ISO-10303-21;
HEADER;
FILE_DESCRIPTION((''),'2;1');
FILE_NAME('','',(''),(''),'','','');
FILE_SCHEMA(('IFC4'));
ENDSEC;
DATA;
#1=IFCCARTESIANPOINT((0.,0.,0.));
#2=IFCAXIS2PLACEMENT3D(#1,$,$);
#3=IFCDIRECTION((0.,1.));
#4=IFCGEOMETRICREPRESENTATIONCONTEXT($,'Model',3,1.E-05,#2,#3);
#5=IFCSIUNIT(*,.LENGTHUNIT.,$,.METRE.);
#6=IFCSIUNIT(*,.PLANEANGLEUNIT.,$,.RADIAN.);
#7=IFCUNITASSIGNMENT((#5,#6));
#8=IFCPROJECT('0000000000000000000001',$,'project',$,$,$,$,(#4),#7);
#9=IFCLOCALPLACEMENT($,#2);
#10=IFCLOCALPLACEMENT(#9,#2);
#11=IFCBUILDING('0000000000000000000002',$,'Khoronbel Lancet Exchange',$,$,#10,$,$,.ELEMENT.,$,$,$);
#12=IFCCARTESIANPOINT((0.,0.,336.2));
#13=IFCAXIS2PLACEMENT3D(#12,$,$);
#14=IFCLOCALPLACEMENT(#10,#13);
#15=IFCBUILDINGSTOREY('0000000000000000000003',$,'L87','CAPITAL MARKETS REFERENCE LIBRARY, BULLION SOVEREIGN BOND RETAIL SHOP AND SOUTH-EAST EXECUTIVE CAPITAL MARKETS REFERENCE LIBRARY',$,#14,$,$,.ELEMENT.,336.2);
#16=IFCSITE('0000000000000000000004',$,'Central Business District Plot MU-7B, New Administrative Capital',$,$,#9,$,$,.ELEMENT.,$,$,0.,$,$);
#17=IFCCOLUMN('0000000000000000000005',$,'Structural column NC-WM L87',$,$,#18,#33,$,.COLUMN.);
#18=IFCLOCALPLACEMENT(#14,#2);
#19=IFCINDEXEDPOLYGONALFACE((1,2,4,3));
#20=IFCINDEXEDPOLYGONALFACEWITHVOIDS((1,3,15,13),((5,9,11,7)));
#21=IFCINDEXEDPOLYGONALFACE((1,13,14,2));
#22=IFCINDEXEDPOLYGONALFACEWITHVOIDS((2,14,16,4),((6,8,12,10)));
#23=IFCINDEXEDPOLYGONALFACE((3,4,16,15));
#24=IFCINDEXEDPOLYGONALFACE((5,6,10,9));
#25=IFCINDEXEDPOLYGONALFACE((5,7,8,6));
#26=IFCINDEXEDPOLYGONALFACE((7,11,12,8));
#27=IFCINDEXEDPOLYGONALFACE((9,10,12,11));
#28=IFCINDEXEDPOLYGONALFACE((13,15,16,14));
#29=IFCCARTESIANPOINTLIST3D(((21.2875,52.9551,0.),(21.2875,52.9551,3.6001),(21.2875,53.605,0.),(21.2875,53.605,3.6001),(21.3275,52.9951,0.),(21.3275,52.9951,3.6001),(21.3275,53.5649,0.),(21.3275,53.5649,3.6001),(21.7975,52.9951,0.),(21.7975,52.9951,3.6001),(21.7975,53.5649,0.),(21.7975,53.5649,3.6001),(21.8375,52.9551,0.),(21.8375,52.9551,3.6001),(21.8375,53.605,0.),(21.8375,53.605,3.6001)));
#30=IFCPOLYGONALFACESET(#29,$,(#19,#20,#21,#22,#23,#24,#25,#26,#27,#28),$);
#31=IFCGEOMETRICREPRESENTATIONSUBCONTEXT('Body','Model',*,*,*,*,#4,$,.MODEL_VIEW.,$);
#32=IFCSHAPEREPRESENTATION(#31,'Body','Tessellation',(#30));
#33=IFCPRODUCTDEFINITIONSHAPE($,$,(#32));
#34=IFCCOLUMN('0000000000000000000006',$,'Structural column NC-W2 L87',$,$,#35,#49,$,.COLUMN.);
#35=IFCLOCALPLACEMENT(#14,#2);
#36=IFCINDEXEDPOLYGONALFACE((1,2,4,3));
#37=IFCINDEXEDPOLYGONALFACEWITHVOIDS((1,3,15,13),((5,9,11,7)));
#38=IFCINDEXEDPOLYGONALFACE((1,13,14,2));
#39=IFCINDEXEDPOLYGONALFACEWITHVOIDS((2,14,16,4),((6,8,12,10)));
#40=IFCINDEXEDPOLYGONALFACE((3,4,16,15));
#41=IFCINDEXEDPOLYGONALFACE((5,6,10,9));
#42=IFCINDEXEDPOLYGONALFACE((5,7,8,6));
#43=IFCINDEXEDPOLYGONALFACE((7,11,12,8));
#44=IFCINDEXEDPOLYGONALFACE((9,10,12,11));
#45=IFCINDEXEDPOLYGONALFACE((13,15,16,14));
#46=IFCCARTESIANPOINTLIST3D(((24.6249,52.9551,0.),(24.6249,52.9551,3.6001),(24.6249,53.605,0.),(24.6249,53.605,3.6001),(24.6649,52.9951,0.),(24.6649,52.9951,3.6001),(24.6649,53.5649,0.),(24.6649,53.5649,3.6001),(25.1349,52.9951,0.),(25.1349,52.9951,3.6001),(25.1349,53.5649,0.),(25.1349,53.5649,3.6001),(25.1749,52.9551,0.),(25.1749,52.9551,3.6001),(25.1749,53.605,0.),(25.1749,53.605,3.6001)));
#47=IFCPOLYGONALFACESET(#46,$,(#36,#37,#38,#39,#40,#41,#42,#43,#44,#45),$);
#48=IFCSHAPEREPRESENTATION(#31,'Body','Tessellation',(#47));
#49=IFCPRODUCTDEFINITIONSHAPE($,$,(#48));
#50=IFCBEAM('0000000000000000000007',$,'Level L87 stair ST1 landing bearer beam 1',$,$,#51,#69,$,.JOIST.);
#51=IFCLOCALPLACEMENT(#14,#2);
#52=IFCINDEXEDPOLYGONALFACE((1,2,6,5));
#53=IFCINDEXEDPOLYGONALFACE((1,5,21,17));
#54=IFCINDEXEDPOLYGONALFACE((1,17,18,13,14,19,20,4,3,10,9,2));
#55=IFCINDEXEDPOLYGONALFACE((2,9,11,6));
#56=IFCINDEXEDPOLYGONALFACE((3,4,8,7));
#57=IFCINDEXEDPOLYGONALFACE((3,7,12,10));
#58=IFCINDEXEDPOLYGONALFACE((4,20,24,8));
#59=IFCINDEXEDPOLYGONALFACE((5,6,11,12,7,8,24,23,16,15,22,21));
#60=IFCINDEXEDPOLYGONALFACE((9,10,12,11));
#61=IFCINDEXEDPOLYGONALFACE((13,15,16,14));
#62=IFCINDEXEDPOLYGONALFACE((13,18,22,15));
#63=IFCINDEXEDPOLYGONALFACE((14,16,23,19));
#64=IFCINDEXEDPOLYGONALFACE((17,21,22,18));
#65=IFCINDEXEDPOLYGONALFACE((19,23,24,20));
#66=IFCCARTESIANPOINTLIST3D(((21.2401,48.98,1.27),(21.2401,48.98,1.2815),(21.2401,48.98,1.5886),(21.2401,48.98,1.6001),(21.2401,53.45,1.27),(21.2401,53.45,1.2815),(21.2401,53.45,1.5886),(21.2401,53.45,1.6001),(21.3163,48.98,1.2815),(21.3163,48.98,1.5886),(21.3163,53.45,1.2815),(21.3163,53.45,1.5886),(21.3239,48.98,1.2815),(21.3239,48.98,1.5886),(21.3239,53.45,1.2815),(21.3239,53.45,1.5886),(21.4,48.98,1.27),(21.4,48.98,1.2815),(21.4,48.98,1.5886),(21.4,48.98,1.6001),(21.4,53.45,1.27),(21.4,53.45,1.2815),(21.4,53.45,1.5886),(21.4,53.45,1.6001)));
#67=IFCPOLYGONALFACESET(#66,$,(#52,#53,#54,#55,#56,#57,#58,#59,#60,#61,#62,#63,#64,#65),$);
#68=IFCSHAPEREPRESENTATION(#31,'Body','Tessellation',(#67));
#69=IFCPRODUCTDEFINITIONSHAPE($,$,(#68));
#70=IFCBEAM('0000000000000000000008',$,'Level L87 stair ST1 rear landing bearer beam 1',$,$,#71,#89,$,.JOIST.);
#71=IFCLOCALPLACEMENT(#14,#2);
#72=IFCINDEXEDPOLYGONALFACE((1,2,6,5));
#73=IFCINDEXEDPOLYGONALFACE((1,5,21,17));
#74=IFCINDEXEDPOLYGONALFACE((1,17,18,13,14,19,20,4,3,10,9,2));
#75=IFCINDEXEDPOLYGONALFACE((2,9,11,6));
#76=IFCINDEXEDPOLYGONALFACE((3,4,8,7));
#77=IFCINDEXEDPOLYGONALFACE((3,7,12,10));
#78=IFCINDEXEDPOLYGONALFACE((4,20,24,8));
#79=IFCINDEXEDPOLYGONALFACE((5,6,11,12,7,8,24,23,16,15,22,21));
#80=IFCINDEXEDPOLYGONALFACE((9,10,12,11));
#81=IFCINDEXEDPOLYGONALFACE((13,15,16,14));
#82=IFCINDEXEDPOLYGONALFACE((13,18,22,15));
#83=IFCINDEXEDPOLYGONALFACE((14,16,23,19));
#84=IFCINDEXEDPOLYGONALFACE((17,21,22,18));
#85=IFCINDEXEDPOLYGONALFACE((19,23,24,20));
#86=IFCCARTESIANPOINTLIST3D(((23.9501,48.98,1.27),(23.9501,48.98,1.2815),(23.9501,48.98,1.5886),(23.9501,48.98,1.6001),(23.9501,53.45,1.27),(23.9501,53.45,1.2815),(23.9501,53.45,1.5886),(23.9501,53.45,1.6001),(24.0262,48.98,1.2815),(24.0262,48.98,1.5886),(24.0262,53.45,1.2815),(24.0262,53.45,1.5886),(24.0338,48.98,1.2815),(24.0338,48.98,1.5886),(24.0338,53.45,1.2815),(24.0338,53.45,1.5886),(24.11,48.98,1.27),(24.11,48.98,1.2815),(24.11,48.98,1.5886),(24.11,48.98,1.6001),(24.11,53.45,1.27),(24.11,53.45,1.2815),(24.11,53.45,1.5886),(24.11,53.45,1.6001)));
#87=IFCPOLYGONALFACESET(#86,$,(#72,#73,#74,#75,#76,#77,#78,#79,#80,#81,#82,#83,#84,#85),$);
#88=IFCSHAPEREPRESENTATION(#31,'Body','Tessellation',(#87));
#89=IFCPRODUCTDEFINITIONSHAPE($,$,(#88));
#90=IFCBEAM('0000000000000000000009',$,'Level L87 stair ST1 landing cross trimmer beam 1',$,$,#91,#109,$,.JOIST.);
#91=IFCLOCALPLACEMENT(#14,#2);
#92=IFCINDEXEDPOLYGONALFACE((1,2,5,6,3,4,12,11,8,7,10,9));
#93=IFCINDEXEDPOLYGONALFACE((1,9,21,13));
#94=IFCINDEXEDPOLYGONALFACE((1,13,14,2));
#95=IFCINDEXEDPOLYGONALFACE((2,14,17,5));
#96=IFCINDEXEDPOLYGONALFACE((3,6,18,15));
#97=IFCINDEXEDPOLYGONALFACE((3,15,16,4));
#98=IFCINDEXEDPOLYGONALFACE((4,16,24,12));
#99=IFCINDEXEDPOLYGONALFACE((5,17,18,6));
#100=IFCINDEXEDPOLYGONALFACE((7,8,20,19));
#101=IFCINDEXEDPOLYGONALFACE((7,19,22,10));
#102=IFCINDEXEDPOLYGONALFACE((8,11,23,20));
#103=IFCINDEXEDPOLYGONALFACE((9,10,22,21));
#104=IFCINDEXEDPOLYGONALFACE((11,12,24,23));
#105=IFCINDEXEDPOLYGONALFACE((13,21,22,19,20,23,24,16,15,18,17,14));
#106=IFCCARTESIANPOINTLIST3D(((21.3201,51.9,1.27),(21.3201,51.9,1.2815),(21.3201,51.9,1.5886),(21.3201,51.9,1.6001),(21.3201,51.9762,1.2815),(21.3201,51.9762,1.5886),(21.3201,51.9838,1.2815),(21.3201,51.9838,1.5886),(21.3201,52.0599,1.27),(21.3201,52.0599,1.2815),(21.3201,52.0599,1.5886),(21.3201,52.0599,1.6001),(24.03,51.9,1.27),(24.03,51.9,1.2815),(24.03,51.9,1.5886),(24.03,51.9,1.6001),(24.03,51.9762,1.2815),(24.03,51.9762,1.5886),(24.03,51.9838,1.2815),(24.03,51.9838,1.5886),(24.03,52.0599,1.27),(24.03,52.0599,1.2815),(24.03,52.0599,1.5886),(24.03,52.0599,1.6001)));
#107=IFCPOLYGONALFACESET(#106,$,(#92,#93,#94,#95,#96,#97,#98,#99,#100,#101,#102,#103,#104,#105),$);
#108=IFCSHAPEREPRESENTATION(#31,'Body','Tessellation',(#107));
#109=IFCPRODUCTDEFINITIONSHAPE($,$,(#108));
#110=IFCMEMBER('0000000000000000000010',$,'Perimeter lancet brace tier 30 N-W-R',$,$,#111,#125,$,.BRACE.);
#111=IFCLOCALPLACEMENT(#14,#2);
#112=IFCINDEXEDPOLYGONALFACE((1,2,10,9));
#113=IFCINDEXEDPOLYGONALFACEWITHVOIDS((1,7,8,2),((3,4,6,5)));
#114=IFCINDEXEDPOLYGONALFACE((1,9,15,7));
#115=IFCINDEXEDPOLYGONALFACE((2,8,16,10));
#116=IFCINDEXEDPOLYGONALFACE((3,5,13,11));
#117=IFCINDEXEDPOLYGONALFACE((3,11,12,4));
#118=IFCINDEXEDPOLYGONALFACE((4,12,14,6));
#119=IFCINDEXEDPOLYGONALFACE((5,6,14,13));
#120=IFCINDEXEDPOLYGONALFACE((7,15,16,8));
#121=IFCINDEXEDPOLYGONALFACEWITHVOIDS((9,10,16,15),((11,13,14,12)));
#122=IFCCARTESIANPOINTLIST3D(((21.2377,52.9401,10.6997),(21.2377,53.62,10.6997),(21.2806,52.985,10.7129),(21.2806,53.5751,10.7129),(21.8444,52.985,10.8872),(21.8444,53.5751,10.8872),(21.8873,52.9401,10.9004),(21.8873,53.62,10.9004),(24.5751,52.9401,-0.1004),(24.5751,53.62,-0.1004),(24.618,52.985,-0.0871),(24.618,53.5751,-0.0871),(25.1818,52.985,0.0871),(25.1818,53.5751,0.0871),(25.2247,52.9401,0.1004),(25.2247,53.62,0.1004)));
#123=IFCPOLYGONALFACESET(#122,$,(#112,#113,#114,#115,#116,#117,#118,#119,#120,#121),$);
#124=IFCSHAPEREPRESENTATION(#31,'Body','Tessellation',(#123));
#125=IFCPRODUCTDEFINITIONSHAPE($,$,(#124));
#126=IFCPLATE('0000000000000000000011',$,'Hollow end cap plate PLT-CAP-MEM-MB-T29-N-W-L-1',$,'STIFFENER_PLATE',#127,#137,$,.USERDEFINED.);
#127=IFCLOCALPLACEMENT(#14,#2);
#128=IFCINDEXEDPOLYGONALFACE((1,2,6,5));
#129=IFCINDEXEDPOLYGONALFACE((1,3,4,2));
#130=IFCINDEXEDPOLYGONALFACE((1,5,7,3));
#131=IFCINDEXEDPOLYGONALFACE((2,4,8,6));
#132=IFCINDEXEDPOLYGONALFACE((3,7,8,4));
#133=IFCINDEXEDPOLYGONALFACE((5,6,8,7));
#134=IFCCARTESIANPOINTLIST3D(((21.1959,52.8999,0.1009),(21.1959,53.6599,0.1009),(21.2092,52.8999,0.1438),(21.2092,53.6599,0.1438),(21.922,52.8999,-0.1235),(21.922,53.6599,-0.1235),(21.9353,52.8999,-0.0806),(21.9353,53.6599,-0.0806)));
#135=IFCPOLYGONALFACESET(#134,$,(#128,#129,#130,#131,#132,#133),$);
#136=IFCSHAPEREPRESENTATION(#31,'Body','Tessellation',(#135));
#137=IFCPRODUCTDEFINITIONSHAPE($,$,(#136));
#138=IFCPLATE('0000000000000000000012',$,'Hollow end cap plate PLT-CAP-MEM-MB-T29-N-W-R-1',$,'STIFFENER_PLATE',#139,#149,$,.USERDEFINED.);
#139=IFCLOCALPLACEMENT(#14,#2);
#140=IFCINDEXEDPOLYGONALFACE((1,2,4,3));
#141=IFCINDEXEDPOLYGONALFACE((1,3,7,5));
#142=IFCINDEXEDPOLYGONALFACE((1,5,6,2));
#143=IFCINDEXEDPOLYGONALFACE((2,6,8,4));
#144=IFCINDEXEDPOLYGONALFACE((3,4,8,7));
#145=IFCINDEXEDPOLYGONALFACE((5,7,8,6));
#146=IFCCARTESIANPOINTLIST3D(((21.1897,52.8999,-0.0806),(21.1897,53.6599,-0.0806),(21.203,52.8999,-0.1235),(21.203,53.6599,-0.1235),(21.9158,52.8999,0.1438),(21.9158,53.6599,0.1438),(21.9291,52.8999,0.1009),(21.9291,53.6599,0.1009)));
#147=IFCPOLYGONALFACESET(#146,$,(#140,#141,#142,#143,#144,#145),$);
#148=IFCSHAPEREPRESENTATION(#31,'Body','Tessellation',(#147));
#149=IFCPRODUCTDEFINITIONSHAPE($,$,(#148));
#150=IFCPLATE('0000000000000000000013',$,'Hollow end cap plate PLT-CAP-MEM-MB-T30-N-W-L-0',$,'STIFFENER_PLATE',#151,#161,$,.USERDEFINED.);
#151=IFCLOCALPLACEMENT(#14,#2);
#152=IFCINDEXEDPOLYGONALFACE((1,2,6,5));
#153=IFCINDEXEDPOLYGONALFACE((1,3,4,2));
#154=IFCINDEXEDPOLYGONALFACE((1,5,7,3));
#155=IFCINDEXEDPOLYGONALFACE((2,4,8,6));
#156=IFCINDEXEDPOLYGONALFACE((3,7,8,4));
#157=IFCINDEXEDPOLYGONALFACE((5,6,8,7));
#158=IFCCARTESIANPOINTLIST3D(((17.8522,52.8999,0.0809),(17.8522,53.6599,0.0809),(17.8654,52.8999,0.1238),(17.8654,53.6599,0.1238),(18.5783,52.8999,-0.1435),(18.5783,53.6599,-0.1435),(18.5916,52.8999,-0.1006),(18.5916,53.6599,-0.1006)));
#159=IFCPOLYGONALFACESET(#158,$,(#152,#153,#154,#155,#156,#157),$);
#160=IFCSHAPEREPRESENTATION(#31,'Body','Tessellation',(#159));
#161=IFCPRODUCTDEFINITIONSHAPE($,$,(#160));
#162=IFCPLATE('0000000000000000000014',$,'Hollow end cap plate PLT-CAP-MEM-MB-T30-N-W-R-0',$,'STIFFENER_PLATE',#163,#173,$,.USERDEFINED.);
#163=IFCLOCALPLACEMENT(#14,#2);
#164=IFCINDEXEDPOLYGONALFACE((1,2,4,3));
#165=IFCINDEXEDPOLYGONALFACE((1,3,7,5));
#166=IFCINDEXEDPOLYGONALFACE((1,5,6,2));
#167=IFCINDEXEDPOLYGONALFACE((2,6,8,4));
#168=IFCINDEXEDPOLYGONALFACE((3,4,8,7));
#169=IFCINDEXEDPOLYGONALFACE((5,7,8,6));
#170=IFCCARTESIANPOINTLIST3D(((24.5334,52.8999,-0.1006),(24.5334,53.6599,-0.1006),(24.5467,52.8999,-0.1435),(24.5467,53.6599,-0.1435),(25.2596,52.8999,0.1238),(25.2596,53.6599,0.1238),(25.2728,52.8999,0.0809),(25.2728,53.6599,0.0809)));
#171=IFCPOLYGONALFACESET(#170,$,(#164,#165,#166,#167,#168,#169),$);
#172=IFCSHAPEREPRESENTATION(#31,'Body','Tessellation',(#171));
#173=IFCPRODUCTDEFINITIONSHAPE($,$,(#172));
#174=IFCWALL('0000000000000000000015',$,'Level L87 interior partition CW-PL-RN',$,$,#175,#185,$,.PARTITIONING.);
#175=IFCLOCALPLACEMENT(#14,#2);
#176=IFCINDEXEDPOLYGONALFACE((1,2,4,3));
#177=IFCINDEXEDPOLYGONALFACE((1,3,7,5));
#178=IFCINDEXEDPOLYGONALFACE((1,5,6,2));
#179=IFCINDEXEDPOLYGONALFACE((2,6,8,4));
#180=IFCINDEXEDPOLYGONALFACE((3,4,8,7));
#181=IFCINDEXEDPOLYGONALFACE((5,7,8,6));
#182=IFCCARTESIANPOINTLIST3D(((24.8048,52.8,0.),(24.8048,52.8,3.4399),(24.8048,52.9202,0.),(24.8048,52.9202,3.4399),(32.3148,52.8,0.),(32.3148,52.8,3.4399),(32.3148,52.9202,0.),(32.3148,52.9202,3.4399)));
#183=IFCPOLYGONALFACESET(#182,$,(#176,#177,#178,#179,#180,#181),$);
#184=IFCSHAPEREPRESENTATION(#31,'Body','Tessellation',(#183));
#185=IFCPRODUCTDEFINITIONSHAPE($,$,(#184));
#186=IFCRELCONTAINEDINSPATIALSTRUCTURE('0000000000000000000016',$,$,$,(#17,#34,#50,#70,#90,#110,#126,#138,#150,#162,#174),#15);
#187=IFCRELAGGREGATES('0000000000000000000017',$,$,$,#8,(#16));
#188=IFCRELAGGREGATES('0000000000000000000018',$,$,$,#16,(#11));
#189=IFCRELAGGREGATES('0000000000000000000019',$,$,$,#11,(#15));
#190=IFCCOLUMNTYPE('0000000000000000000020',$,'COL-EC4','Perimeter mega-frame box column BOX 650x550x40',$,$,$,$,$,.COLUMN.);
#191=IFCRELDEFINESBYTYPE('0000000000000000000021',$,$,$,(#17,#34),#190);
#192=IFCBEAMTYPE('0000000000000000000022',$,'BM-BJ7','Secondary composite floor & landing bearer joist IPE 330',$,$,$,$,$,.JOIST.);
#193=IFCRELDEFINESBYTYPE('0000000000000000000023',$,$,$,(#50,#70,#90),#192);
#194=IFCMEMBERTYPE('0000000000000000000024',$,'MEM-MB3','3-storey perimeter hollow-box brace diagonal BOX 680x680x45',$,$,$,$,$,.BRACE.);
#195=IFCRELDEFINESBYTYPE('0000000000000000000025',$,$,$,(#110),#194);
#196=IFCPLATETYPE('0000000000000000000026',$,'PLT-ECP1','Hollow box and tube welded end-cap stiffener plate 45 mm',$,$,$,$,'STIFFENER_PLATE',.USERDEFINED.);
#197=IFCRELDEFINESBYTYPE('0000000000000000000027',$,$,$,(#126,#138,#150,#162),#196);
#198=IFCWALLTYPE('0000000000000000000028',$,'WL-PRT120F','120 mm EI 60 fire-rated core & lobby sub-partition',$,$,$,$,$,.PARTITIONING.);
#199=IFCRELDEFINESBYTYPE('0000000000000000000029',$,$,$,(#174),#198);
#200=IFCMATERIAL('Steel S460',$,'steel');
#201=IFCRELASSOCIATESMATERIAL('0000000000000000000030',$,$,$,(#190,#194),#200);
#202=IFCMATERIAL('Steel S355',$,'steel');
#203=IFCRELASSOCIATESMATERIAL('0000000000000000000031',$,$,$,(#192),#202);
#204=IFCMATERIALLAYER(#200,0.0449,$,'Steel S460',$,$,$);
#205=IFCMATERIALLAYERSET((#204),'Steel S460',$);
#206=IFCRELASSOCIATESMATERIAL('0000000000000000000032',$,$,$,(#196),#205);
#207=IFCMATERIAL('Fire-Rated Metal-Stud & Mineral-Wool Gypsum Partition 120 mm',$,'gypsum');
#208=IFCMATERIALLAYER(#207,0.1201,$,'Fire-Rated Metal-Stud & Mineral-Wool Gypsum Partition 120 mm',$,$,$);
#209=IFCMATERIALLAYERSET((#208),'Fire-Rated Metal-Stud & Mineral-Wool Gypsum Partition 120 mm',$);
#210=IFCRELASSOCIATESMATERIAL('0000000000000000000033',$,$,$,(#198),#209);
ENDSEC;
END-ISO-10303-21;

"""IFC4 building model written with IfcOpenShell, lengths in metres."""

from ifc_helpers import new_model, si_unit, direction, frame, frame_2d, origin, origin_2d, place, context, subcontext, project, spatial, polyline, rectangle, hollow_rectangle, i_section, outline, extrude, material, layer, layer_set, material_profile, profile_set, type_object, element, save


model = new_model("IFC4")

# Units and contexts
model_context = context("Model", 3, precision=1e-05, world=origin(), true_north=direction((0.0, 1.0)))
body_context = subcontext(model_context, "Body", "Model", "MODEL_VIEW")
ifc_project = project(units=[si_unit("LENGTHUNIT", "METRE"), si_unit("PLANEANGLEUNIT", "RADIAN")], contexts=[model_context])

# Site, building, storey
site_placement = place(None, origin())
site = spatial("IfcSite", under=ifc_project, at=site_placement, Name="Central Business District Plot MU-7B, New Administrative Capital", CompositionType="ELEMENT", RefElevation=0.0)
building_placement = place(site_placement, origin())
building = spatial("IfcBuilding", under=site, at=building_placement, Name="Khoronbel Lancet Exchange", CompositionType="ELEMENT")
storey_placement = place(building_placement, frame((0.0, 0.0, 336.2)))
storey = spatial("IfcBuildingStorey", under=building, at=storey_placement, Name="L87", Description="CAPITAL MARKETS REFERENCE LIBRARY, BULLION SOVEREIGN BOND RETAIL SHOP AND SOUTH-EAST EXECUTIVE CAPITAL MARKETS REFERENCE LIBRARY", CompositionType="ELEMENT", Elevation=336.2)

# Columns
ifc_material_1 = material(Name="Steel S460", Category="steel")
ifc_material_profile_1 = material_profile(ifc_material_1, hollow_rectangle(XDim=0.55, YDim=0.6499, WallThickness=0.04, at=origin_2d()), Name="BOX 650x550x40")
ifc_profile_set_1 = profile_set([ifc_material_profile_1], Name="Steel S460")
column_type = type_object("IfcColumnType", Name="COL-EC4", Description="Perimeter mega-frame box column BOX 650x550x40", PredefinedType="COLUMN", material=ifc_profile_set_1)
for number, where, z_axis, x_axis, name in (
    (1, (21.5625, 53.28, 0.0), (0.0, 0.0, 1.0), (1.0, 0.0, 0.0), "Structural column NC-WM L87"),
    (2, (24.8999, 53.28, 0.0), (0.0, 0.0, 1.0), (1.0, 0.0, 0.0), "Structural column NC-W2 L87"),
):
    element("IfcColumn", number, at=place(storey_placement, frame(where, z_axis=z_axis, x_axis=x_axis)), inside=storey, type_object=column_type, Name=name, PredefinedType="COLUMN", context=body_context, shape_type="SweptSolid", body=[
        extrude(hollow_rectangle(XDim=0.55, YDim=0.6499, WallThickness=0.04, at=origin_2d()), origin(), (0.0, 0.0, 1.0), 3.6001),
    ])

# Beams
ifc_material_2 = material(Name="Steel S355", Category="steel")
ifc_material_profile_2 = material_profile(ifc_material_2, i_section(OverallWidth=0.1599, OverallDepth=0.3301, WebThickness=0.0076, FlangeThickness=0.0115, at=origin_2d()), Name="IPE 330")
ifc_profile_set_2 = profile_set([ifc_material_profile_2], Name="Steel S355")
beam_type = type_object("IfcBeamType", Name="BM-BJ7", Description="Secondary composite floor & landing bearer joist IPE 330", PredefinedType="JOIST", material=ifc_profile_set_2)
for number, where, z_axis, x_axis, name in (
    (3, (21.3201, 48.98, 1.4351), (0.0, 1.0, 0.0), (-1.0, 0.0, 0.0), "Level L87 stair ST1 landing bearer beam 1"),
    (4, (24.03, 48.98, 1.4351), (0.0, 1.0, 0.0), (-1.0, 0.0, 0.0), "Level L87 stair ST1 rear landing bearer beam 1"),
):
    element("IfcBeam", number, at=place(storey_placement, frame(where, z_axis=z_axis, x_axis=x_axis)), inside=storey, type_object=beam_type, Name=name, PredefinedType="JOIST", context=body_context, shape_type="SweptSolid", body=[
        extrude(i_section(OverallWidth=0.1599, OverallDepth=0.3301, WebThickness=0.0076, FlangeThickness=0.0115, at=origin_2d()), origin(), (0.0, 0.0, 1.0), 4.47),
    ])
beam_placement = place(storey_placement, frame((21.3201, 51.98, 1.4351), z_axis=(1.0, 0.0, 0.0), x_axis=(0.0, 1.0, 0.0)))
element("IfcBeam", 5, at=beam_placement, inside=storey, type_object=beam_type, Name="Level L87 stair ST1 landing cross trimmer beam 1", PredefinedType="JOIST", context=body_context, shape_type="SweptSolid", body=[
    extrude(i_section(OverallWidth=0.1599, OverallDepth=0.3301, WebThickness=0.0076, FlangeThickness=0.0115, at=origin_2d()), origin(), (0.0, 0.0, 1.0), 2.71),
])

# Member
ifc_material_profile_3 = material_profile(ifc_material_1, hollow_rectangle(XDim=0.6799, YDim=0.6799, WallThickness=0.0449, at=origin_2d()), Name="BOX 680x680x45")
ifc_profile_set_3 = profile_set([ifc_material_profile_3], Name="Steel S460")
member_type = type_object("IfcMemberType", Name="MEM-MB3", Description="3-storey perimeter hollow-box brace diagonal BOX 680x680x45", PredefinedType="BRACE", material=ifc_profile_set_3)
member_placement = place(storey_placement, frame((24.8999, 53.28, 0.0), z_axis=(-0.295242, 0.0, 0.955422), x_axis=(0.0, -1.0, 0.0)))
element("IfcMember", 6, at=member_placement, inside=storey, type_object=member_type, Name="Perimeter lancet brace tier 30 N-W-R", PredefinedType="BRACE", context=body_context, shape_type="SweptSolid", body=[
    extrude(hollow_rectangle(XDim=0.6799, YDim=0.6799, WallThickness=0.0449, at=origin_2d()), origin(), (0.0, 0.0, 1.0), 11.304),
])

# Plates
ifc_layer_1 = layer(ifc_material_1, 0.0449, Name="Steel S460")
ifc_layer_set_1 = layer_set([ifc_layer_1], Name="Steel S460")
plate_type = type_object("IfcPlateType", Name="PLT-ECP1", Description="Hollow box and tube welded end-cap stiffener plate 45 mm", ElementType="STIFFENER_PLATE", PredefinedType="USERDEFINED", material=ifc_layer_set_1)
for number, where, z_axis, x_axis, name in (
    (7, (21.9353, 52.8999, -0.0806), (0.295237, 0.0, 0.955424), (0.0, 1.0, 0.0), "Hollow end cap plate PLT-CAP-MEM-MB-T29-N-W-L-1"),
    (8, (21.1897, 53.6599, -0.0806), (-0.295237, 0.0, 0.955424), (0.0, -1.0, 0.0), "Hollow end cap plate PLT-CAP-MEM-MB-T29-N-W-R-1"),
    (9, (18.5916, 52.8999, -0.1006), (0.295237, 0.0, 0.955424), (0.0, 1.0, 0.0), "Hollow end cap plate PLT-CAP-MEM-MB-T30-N-W-L-0"),
    (10, (24.5334, 53.6599, -0.1006), (-0.295237, 0.0, 0.955424), (0.0, -1.0, 0.0), "Hollow end cap plate PLT-CAP-MEM-MB-T30-N-W-R-0"),
):
    element("IfcPlate", number, at=place(storey_placement, frame(where, z_axis=z_axis, x_axis=x_axis)), inside=storey, type_object=plate_type, Name=name, ObjectType="STIFFENER_PLATE", PredefinedType="USERDEFINED", context=body_context, shape_type="SweptSolid", body=[
        extrude(outline(polyline([(0.0, 0.0), (0.76, 0.0), (0.76, 0.76), (0.0, 0.76), (0.0, 0.0)])), origin(), (0.0, 0.0, -1.0), 0.0449),
    ])

# Wall
ifc_material_3 = material(Name="Fire-Rated Metal-Stud & Mineral-Wool Gypsum Partition 120 mm", Category="gypsum")
ifc_layer_2 = layer(ifc_material_3, 0.1201, Name="Fire-Rated Metal-Stud & Mineral-Wool Gypsum Partition 120 mm")
ifc_layer_set_2 = layer_set([ifc_layer_2], Name="Fire-Rated Metal-Stud & Mineral-Wool Gypsum Partition 120 mm")
wall_type_1 = type_object("IfcWallType", Name="WL-PRT120F", Description="120 mm EI 60 fire-rated core & lobby sub-partition", PredefinedType="PARTITIONING", material=ifc_layer_set_2)
wall_1_placement = place(storey_placement, frame((24.8049, 52.8601, 0.0), z_axis=(0.0, 0.0, 1.0), x_axis=(1.0, 0.0, 0.0)))
element("IfcWall", 11, at=wall_1_placement, inside=storey, type_object=wall_type_1, Name="Level L87 interior partition CW-PL-RN", PredefinedType="PARTITIONING", context=body_context, shape_type="SweptSolid", body=[
    extrude(rectangle(XDim=7.51, YDim=0.1201, at=frame_2d((3.7549, 0.0))), origin(), (0.0, 0.0, 1.0), 3.4399),
])

save(model, "model.ifc")
